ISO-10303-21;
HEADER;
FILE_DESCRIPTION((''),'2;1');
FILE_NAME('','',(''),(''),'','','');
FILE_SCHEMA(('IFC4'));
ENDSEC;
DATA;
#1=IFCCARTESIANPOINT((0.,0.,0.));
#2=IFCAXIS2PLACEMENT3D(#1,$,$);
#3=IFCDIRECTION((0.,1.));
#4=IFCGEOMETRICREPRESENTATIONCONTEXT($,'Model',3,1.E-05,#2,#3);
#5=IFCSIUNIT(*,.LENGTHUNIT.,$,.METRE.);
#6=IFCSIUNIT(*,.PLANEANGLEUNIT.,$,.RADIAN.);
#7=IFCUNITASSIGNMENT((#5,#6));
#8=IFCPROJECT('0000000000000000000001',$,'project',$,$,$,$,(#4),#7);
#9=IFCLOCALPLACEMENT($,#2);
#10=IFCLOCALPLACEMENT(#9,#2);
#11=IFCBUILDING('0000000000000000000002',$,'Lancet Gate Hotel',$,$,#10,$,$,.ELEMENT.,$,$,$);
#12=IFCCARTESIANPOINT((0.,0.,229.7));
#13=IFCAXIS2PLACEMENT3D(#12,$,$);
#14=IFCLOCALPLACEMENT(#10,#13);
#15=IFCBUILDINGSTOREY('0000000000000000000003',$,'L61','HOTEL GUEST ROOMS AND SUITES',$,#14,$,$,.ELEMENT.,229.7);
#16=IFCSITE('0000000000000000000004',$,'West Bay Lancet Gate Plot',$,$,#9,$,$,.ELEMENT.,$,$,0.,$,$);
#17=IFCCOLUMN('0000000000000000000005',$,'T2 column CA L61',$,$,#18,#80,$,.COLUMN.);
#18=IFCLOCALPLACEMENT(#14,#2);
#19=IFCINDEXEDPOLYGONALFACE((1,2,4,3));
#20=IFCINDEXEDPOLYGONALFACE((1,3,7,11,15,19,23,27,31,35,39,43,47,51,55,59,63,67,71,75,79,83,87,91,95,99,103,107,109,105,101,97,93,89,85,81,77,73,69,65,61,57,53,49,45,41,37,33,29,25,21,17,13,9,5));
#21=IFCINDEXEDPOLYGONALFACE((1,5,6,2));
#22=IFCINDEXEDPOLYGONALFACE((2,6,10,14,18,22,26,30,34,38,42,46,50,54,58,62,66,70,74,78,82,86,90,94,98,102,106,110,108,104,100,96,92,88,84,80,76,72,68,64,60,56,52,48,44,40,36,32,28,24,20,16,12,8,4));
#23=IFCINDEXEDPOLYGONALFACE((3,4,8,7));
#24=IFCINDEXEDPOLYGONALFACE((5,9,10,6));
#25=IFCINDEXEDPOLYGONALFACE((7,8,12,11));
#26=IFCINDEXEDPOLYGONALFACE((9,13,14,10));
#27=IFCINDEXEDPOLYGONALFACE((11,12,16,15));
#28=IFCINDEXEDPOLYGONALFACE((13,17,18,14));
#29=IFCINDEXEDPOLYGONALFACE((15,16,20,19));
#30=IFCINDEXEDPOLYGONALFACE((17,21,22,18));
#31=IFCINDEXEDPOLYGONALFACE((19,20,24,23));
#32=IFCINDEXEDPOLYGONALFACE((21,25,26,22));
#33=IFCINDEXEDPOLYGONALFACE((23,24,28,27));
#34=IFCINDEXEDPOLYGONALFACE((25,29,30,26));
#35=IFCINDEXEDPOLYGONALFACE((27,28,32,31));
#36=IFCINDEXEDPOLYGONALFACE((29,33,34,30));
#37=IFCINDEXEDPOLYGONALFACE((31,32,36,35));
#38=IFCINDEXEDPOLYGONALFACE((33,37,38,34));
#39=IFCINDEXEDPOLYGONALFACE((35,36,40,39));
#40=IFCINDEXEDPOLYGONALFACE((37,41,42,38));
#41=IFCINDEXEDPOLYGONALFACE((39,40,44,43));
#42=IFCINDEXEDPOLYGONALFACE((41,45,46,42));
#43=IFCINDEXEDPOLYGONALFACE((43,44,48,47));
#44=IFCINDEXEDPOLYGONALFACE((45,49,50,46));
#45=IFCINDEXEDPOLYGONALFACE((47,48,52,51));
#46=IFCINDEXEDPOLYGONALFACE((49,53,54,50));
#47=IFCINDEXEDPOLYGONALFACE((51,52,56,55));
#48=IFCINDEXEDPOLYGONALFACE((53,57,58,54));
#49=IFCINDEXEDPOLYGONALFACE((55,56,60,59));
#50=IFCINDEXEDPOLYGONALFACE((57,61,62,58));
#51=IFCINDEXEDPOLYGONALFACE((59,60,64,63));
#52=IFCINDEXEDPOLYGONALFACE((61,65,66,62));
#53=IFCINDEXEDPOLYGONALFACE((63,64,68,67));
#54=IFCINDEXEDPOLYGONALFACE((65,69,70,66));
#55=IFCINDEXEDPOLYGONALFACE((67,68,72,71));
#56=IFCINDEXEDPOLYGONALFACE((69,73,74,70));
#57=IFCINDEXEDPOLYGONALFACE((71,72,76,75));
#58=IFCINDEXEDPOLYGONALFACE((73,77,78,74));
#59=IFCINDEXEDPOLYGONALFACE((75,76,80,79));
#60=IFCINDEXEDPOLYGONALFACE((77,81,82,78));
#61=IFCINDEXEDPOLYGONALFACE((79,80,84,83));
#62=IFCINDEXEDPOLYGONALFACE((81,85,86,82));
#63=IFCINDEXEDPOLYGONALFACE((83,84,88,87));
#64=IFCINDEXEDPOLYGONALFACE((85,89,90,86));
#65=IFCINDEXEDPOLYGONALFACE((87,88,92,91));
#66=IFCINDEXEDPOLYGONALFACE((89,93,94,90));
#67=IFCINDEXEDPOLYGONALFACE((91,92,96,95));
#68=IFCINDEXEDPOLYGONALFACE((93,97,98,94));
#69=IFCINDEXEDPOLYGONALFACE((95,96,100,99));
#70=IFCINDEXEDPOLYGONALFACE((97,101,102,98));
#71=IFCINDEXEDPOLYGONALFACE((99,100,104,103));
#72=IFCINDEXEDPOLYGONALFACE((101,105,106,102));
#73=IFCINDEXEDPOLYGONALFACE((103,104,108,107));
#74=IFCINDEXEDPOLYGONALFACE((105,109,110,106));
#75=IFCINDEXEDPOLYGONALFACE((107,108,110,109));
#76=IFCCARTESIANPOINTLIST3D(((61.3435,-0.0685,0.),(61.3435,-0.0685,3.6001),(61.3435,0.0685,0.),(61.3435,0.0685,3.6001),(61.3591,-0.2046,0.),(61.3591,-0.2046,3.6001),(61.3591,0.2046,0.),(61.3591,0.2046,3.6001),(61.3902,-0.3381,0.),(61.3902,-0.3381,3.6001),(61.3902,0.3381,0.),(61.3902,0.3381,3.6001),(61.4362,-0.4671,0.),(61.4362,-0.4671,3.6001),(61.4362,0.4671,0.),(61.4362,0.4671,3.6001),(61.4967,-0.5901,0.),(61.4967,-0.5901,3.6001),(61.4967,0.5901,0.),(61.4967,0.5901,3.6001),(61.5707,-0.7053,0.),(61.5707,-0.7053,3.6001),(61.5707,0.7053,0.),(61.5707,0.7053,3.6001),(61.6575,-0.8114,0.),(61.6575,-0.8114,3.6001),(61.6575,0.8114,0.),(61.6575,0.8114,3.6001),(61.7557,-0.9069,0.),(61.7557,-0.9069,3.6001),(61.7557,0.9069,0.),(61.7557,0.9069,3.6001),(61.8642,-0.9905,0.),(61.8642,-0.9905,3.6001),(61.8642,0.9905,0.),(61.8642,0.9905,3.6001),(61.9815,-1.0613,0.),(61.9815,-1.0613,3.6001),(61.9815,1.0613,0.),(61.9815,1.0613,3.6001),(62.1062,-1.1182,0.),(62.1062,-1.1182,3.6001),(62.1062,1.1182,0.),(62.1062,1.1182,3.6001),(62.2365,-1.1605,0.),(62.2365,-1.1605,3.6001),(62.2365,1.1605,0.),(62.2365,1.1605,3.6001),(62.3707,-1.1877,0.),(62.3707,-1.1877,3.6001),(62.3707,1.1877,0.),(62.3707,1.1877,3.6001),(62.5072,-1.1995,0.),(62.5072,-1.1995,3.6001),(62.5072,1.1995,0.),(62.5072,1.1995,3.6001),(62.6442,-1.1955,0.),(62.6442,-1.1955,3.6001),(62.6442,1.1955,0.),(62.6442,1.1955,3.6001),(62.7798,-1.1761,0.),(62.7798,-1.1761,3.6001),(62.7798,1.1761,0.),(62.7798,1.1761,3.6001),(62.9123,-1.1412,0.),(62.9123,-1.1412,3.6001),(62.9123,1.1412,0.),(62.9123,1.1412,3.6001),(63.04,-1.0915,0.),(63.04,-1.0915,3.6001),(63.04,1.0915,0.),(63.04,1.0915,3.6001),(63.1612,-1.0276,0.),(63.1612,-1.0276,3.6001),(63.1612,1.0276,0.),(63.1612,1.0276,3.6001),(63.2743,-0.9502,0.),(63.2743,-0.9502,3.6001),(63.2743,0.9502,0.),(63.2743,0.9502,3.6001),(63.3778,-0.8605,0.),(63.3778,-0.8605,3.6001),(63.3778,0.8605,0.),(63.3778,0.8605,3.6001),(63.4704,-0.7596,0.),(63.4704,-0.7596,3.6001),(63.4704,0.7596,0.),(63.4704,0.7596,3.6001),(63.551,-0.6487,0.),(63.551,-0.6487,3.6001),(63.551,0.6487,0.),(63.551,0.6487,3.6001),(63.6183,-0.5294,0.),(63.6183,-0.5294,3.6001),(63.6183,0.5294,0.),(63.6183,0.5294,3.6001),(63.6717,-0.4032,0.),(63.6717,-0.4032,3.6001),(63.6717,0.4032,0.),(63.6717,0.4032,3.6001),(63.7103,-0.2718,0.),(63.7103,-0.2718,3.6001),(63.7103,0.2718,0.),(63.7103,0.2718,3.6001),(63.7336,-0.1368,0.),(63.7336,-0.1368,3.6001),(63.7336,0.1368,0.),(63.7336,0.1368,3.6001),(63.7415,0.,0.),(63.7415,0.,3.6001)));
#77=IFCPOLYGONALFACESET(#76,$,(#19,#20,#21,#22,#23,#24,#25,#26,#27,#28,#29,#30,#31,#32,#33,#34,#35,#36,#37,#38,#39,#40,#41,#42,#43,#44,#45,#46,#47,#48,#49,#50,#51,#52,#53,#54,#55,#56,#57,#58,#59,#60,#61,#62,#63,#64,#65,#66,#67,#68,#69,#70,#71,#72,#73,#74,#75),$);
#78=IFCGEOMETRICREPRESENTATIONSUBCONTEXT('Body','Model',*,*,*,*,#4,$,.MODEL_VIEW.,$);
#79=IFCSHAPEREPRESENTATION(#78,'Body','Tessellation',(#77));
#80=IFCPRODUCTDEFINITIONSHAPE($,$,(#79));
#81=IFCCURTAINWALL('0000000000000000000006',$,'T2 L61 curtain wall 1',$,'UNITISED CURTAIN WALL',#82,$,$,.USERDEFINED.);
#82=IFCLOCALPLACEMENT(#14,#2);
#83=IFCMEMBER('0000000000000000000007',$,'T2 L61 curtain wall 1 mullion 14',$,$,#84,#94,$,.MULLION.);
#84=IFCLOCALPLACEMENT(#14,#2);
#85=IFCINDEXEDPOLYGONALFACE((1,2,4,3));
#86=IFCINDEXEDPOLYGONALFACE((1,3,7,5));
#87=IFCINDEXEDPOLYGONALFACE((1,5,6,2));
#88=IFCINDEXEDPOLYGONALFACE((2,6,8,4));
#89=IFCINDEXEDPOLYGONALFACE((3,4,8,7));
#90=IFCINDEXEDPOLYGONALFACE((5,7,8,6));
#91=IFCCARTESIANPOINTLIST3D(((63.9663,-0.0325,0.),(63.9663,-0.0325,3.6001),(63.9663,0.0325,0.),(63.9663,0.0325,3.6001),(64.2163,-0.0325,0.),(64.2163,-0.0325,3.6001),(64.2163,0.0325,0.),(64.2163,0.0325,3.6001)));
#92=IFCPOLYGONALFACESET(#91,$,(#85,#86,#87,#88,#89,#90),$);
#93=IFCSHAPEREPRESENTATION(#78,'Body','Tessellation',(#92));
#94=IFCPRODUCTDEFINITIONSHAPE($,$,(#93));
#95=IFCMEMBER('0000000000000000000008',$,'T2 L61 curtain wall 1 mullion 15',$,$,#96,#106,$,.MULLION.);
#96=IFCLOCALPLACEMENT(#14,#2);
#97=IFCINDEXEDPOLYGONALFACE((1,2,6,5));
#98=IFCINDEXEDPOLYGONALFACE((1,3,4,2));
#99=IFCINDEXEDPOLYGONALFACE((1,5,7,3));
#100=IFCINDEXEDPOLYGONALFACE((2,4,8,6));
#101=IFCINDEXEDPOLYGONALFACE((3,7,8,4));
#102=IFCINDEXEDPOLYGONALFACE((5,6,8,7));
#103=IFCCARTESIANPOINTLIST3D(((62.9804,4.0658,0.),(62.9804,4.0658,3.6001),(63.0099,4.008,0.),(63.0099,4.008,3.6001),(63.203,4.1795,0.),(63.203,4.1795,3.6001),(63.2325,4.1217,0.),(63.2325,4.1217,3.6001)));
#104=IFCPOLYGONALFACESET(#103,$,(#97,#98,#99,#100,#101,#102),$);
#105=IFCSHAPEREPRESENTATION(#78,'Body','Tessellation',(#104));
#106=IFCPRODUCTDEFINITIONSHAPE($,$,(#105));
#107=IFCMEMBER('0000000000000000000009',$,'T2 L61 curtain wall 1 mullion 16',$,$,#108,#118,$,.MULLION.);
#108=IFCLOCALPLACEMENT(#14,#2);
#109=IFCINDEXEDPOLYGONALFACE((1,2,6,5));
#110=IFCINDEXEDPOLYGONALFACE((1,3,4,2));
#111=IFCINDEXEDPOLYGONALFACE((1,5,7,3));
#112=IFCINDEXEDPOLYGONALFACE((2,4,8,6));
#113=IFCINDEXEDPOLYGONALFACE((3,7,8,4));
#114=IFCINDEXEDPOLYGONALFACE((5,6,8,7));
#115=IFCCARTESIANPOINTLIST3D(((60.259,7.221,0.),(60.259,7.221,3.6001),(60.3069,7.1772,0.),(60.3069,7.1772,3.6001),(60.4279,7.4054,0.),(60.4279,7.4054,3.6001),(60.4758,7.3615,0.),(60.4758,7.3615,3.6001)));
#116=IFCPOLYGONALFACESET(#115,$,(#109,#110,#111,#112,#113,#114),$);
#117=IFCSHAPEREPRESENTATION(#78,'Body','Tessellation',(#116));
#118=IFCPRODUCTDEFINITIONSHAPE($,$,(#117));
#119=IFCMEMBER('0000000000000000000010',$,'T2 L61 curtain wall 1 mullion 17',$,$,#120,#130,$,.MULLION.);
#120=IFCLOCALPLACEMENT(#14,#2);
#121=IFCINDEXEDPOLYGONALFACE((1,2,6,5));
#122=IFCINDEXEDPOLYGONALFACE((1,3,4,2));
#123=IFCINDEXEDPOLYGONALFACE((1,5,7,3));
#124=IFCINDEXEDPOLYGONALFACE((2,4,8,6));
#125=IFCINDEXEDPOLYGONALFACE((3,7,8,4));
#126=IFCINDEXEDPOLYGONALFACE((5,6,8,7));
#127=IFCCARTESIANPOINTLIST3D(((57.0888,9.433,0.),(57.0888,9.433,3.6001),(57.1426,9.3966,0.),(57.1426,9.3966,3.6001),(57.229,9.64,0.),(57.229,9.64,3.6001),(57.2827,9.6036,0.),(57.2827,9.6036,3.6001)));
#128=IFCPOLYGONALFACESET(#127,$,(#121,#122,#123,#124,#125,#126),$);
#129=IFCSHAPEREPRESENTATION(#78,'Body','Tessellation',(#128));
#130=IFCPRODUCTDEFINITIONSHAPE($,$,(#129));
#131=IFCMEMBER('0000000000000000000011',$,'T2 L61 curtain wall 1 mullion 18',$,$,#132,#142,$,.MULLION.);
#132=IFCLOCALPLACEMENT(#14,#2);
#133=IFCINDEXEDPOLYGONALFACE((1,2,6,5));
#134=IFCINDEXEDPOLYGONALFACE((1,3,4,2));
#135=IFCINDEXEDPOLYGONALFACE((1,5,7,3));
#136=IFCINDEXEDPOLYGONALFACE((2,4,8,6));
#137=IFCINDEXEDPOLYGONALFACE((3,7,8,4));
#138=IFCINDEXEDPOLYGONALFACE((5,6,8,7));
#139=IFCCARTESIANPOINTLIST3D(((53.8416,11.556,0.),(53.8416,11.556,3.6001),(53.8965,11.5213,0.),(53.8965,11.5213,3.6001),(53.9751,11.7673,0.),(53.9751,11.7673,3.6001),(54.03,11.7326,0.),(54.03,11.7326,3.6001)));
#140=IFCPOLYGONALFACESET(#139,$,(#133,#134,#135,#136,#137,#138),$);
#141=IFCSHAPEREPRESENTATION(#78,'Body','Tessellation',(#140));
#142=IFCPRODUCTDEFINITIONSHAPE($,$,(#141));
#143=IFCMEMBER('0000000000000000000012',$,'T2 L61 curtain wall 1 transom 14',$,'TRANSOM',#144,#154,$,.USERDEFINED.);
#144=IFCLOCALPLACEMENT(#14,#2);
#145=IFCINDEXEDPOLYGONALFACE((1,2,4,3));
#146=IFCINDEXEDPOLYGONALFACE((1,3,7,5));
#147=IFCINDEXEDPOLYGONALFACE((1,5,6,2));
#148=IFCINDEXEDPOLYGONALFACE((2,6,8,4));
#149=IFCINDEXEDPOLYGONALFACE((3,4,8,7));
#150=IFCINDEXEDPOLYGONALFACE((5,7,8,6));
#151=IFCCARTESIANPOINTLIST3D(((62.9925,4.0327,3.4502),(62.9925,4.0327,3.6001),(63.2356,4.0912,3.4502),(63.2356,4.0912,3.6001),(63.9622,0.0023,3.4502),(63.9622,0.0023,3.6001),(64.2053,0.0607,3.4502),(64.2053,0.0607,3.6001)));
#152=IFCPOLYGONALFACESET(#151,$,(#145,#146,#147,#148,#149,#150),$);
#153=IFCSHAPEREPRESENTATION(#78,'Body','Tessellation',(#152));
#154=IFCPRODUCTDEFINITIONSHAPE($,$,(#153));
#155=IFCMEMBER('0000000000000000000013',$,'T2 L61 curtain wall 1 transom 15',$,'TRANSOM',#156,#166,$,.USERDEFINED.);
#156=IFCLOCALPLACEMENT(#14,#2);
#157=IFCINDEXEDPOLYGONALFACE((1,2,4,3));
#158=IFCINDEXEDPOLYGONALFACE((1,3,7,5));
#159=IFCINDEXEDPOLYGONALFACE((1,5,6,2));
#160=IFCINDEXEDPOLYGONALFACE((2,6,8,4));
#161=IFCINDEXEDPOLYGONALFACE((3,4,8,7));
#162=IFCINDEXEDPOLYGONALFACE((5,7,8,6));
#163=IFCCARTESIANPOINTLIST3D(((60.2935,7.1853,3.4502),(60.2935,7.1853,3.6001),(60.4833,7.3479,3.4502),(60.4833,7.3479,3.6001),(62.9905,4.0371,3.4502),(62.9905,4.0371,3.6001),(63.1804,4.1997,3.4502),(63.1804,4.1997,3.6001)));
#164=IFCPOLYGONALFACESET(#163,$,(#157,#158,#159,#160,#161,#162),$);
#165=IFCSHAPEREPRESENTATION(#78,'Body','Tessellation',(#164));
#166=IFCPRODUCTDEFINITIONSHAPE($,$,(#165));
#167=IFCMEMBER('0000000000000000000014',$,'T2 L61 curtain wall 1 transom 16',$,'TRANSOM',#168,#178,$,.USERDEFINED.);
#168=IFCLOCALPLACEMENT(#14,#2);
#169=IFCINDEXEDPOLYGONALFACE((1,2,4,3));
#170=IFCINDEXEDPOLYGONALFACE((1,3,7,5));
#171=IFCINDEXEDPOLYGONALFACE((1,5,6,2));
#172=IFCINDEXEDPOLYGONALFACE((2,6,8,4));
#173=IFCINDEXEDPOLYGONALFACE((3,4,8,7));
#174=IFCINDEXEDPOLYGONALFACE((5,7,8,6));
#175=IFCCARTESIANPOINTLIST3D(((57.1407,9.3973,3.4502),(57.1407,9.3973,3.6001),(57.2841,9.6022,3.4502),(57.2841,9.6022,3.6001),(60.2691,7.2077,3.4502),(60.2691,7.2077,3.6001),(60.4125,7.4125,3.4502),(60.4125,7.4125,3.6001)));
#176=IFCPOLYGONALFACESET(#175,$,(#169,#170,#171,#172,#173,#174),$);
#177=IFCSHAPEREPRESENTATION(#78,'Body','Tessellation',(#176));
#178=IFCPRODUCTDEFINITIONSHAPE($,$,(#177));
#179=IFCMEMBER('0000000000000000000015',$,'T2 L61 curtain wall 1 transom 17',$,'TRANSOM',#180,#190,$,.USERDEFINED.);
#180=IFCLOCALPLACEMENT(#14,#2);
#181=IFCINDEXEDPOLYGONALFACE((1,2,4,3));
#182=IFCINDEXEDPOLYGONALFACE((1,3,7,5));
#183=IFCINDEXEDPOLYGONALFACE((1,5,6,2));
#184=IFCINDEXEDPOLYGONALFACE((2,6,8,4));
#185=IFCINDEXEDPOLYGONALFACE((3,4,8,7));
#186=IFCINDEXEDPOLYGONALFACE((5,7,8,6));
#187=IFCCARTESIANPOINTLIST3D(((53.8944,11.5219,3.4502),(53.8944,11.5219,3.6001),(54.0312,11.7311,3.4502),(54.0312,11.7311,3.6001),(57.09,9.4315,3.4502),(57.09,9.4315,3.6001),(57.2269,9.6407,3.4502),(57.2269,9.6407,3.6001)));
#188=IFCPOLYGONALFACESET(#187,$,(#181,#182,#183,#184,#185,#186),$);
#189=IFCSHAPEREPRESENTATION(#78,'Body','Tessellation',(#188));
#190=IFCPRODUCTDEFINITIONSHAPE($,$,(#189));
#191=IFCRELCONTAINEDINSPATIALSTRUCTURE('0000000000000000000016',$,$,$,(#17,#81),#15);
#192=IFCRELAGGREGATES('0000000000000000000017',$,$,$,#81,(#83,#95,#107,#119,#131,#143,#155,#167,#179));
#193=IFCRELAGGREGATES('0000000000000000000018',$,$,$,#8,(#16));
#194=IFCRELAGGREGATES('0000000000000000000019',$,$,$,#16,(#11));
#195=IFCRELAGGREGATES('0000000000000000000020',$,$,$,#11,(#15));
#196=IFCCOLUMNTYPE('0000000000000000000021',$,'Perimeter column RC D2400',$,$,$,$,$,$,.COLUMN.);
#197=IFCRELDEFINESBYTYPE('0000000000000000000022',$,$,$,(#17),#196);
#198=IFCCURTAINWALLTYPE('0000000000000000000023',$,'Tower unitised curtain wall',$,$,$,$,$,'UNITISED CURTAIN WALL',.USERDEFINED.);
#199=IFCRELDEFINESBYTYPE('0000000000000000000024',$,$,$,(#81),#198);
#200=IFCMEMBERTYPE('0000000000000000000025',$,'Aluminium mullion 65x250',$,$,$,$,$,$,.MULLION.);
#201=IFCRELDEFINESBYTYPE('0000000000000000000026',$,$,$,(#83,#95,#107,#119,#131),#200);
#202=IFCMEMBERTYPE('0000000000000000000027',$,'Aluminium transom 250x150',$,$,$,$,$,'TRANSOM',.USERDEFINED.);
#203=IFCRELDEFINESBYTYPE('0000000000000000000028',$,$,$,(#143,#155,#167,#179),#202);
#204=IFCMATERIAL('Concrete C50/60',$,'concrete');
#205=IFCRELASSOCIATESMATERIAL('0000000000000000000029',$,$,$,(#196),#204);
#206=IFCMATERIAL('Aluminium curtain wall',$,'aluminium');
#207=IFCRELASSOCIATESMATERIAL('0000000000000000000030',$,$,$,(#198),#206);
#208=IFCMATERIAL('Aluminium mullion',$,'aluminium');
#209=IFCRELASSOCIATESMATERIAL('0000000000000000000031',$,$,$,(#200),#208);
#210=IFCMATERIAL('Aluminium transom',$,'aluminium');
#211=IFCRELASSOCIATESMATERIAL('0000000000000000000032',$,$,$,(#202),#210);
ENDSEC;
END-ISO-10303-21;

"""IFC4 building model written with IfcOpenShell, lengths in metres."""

from ifc_helpers import new_model, si_unit, direction, frame, origin, origin_2d, place, context, subcontext, project, spatial, rectangle, circle, extrude, material, material_profile, profile_set, type_object, element, aggregate, save


model = new_model("IFC4")

# Units and contexts
model_context = context("Model", 3, precision=1e-05, world=origin(), true_north=direction((0.0, 1.0)))
body_context = subcontext(model_context, "Body", "Model", "MODEL_VIEW")
ifc_project = project(units=[si_unit("LENGTHUNIT", "METRE"), si_unit("PLANEANGLEUNIT", "RADIAN")], contexts=[model_context])

# Site, building, storey
site_placement = place(None, origin())
site = spatial("IfcSite", under=ifc_project, at=site_placement, Name="West Bay Lancet Gate Plot", CompositionType="ELEMENT", RefElevation=0.0)
building_placement = place(site_placement, origin())
building = spatial("IfcBuilding", under=site, at=building_placement, Name="Lancet Gate Hotel", CompositionType="ELEMENT")
storey_placement = place(building_placement, frame((0.0, 0.0, 229.7)))
storey = spatial("IfcBuildingStorey", under=building, at=storey_placement, Name="L61", Description="HOTEL GUEST ROOMS AND SUITES", CompositionType="ELEMENT", Elevation=229.7)

# Column
ifc_material_1 = material(Name="Concrete C50/60", Category="concrete")
ifc_material_profile_1 = material_profile(ifc_material_1, circle(Radius=1.2, at=origin_2d()), Name="RC D2400")
ifc_profile_set_1 = profile_set([ifc_material_profile_1], Name="Concrete C50/60")
column_type = type_object("IfcColumnType", Name="Perimeter column RC D2400", PredefinedType="COLUMN", material=ifc_profile_set_1)
column_placement = place(storey_placement, frame((62.5415, 0.0, 0.0), z_axis=(0.0, 0.0, 1.0), x_axis=(1.0, 0.0, 0.0)))
element("IfcColumn", 1, at=column_placement, inside=storey, type_object=column_type, Name="T2 column CA L61", PredefinedType="COLUMN", context=body_context, shape_type="SweptSolid", body=[
    extrude(circle(Radius=1.2, at=origin_2d()), origin(), (0.0, 0.0, 1.0), 3.6001),
])

# Curtain wall, members
ifc_material_2 = material(Name="Aluminium curtain wall", Category="aluminium")
curtain_wall_type = type_object("IfcCurtainWallType", Name="Tower unitised curtain wall", ElementType="UNITISED CURTAIN WALL", PredefinedType="USERDEFINED", material=ifc_material_2)
curtain_wall_placement = place(storey_placement, origin())
curtain_wall = element("IfcCurtainWall", 2, at=curtain_wall_placement, inside=storey, type_object=curtain_wall_type, Name="T2 L61 curtain wall 1", ObjectType="UNITISED CURTAIN WALL", PredefinedType="USERDEFINED")
ifc_material_3 = material(Name="Aluminium mullion", Category="aluminium")
ifc_material_profile_2 = material_profile(ifc_material_3, rectangle(XDim=0.0649, YDim=0.25, at=origin_2d()), Name="MULLION 65x250")
ifc_profile_set_2 = profile_set([ifc_material_profile_2], Name="Aluminium mullion")
member_type_1 = type_object("IfcMemberType", Name="Aluminium mullion 65x250", PredefinedType="MULLION", material=ifc_profile_set_2)
member_1_placement = place(storey_placement, frame((64.0913, 0.0, 0.0), z_axis=(0.0, 0.0, 1.0), x_axis=(0.0, 1.0, 0.0)))
member_1 = element("IfcMember", 3, at=member_1_placement, type_object=member_type_1, Name="T2 L61 curtain wall 1 mullion 14", PredefinedType="MULLION", context=body_context, shape_type="SweptSolid", body=[
    extrude(rectangle(XDim=0.0649, YDim=0.25, at=origin_2d()), origin(), (0.0, 0.0, 1.0), 3.6001),
])
member_2_placement = place(storey_placement, frame((63.1064, 4.0938, 0.0), z_axis=(0.0, 0.0, 1.0), x_axis=(-0.454853, 0.890567, 0.0)))
member_2 = element("IfcMember", 4, at=member_2_placement, type_object=member_type_1, Name="T2 L61 curtain wall 1 mullion 15", PredefinedType="MULLION", context=body_context, shape_type="SweptSolid", body=[
    extrude(rectangle(XDim=0.0649, YDim=0.25, at=origin_2d()), origin(), (0.0, 0.0, 1.0), 3.6001),
])
member_3_placement = place(storey_placement, frame((60.3674, 7.2913, 0.0), z_axis=(0.0, 0.0, 1.0), x_axis=(-0.737323, 0.67554, 0.0)))
member_3 = element("IfcMember", 5, at=member_3_placement, type_object=member_type_1, Name="T2 L61 curtain wall 1 mullion 16", PredefinedType="MULLION", context=body_context, shape_type="SweptSolid", body=[
    extrude(rectangle(XDim=0.0649, YDim=0.25, at=origin_2d()), origin(), (0.0, 0.0, 1.0), 3.6001),
])
member_4_placement = place(storey_placement, frame((57.1858, 9.5183, 0.0), z_axis=(0.0, 0.0, 1.0), x_axis=(-0.828155, 0.5605, 0.0)))
member_4 = element("IfcMember", 6, at=member_4_placement, type_object=member_type_1, Name="T2 L61 curtain wall 1 mullion 17", PredefinedType="MULLION", context=body_context, shape_type="SweptSolid", body=[
    extrude(rectangle(XDim=0.0649, YDim=0.25, at=origin_2d()), origin(), (0.0, 0.0, 1.0), 3.6001),
])
member_5_placement = place(storey_placement, frame((53.9358, 11.6443, 0.0), z_axis=(0.0, 0.0, 1.0), x_axis=(-0.84534, 0.534229, 0.0)))
member_5 = element("IfcMember", 7, at=member_5_placement, type_object=member_type_1, Name="T2 L61 curtain wall 1 mullion 18", PredefinedType="MULLION", context=body_context, shape_type="SweptSolid", body=[
    extrude(rectangle(XDim=0.0649, YDim=0.25, at=origin_2d()), origin(), (0.0, 0.0, 1.0), 3.6001),
])
ifc_material_4 = material(Name="Aluminium transom", Category="aluminium")
ifc_material_profile_3 = material_profile(ifc_material_4, rectangle(XDim=0.25, YDim=0.1499, at=origin_2d()), Name="TRANSOM 250x150")
ifc_profile_set_3 = profile_set([ifc_material_profile_3], Name="Aluminium transom")
member_type_2 = type_object("IfcMemberType", Name="Aluminium transom 250x150", ElementType="TRANSOM", PredefinedType="USERDEFINED", material=ifc_profile_set_3)
member_6_placement = place(storey_placement, frame((64.0837, 0.0315, 3.5251), z_axis=(-0.233921, 0.972256, 0.0), x_axis=(-0.972256, -0.233921, 0.0)))
member_6 = element("IfcMember", 8, at=member_6_placement, type_object=member_type_2, Name="T2 L61 curtain wall 1 transom 14", ObjectType="TRANSOM", PredefinedType="USERDEFINED", context=body_context, shape_type="SweptSolid", body=[
    extrude(rectangle(XDim=0.25, YDim=0.1499, at=origin_2d()), origin(), (0.0, 0.0, 1.0), 4.1455),
])
member_7_placement = place(storey_placement, frame((63.0854, 4.1184, 3.5251), z_axis=(-0.650593, 0.759427, 0.0), x_axis=(-0.759427, -0.650593, 0.0)))
member_7 = element("IfcMember", 9, at=member_7_placement, type_object=member_type_2, Name="T2 L61 curtain wall 1 transom 15", ObjectType="TRANSOM", PredefinedType="USERDEFINED", context=body_context, shape_type="SweptSolid", body=[
    extrude(rectangle(XDim=0.25, YDim=0.1499, at=origin_2d()), origin(), (0.0, 0.0, 1.0), 4.1455),
])
member_8_placement = place(storey_placement, frame((60.3408, 7.3101, 3.5251), z_axis=(-0.819256, 0.573428, 0.0), x_axis=(-0.573428, -0.819256, 0.0)))
member_8 = element("IfcMember", 10, at=member_8_placement, type_object=member_type_2, Name="T2 L61 curtain wall 1 transom 16", ObjectType="TRANSOM", PredefinedType="USERDEFINED", context=body_context, shape_type="SweptSolid", body=[
    extrude(rectangle(XDim=0.25, YDim=0.1499, at=origin_2d()), origin(), (0.0, 0.0, 1.0), 3.8186),
])
member_9_placement = place(storey_placement, frame((57.1584, 9.5361, 3.5251), z_axis=(-0.836858, 0.54742, 0.0), x_axis=(-0.54742, -0.836858, 0.0)))
member_9 = element("IfcMember", 11, at=member_9_placement, type_object=member_type_2, Name="T2 L61 curtain wall 1 transom 17", ObjectType="TRANSOM", PredefinedType="USERDEFINED", context=body_context, shape_type="SweptSolid", body=[
    extrude(rectangle(XDim=0.25, YDim=0.1499, at=origin_2d()), origin(), (0.0, 0.0, 1.0), 3.8186),
])

aggregate(curtain_wall, [member_1, member_2, member_3, member_4, member_5, member_6, member_7, member_8, member_9])

save(model, "model.ifc")
